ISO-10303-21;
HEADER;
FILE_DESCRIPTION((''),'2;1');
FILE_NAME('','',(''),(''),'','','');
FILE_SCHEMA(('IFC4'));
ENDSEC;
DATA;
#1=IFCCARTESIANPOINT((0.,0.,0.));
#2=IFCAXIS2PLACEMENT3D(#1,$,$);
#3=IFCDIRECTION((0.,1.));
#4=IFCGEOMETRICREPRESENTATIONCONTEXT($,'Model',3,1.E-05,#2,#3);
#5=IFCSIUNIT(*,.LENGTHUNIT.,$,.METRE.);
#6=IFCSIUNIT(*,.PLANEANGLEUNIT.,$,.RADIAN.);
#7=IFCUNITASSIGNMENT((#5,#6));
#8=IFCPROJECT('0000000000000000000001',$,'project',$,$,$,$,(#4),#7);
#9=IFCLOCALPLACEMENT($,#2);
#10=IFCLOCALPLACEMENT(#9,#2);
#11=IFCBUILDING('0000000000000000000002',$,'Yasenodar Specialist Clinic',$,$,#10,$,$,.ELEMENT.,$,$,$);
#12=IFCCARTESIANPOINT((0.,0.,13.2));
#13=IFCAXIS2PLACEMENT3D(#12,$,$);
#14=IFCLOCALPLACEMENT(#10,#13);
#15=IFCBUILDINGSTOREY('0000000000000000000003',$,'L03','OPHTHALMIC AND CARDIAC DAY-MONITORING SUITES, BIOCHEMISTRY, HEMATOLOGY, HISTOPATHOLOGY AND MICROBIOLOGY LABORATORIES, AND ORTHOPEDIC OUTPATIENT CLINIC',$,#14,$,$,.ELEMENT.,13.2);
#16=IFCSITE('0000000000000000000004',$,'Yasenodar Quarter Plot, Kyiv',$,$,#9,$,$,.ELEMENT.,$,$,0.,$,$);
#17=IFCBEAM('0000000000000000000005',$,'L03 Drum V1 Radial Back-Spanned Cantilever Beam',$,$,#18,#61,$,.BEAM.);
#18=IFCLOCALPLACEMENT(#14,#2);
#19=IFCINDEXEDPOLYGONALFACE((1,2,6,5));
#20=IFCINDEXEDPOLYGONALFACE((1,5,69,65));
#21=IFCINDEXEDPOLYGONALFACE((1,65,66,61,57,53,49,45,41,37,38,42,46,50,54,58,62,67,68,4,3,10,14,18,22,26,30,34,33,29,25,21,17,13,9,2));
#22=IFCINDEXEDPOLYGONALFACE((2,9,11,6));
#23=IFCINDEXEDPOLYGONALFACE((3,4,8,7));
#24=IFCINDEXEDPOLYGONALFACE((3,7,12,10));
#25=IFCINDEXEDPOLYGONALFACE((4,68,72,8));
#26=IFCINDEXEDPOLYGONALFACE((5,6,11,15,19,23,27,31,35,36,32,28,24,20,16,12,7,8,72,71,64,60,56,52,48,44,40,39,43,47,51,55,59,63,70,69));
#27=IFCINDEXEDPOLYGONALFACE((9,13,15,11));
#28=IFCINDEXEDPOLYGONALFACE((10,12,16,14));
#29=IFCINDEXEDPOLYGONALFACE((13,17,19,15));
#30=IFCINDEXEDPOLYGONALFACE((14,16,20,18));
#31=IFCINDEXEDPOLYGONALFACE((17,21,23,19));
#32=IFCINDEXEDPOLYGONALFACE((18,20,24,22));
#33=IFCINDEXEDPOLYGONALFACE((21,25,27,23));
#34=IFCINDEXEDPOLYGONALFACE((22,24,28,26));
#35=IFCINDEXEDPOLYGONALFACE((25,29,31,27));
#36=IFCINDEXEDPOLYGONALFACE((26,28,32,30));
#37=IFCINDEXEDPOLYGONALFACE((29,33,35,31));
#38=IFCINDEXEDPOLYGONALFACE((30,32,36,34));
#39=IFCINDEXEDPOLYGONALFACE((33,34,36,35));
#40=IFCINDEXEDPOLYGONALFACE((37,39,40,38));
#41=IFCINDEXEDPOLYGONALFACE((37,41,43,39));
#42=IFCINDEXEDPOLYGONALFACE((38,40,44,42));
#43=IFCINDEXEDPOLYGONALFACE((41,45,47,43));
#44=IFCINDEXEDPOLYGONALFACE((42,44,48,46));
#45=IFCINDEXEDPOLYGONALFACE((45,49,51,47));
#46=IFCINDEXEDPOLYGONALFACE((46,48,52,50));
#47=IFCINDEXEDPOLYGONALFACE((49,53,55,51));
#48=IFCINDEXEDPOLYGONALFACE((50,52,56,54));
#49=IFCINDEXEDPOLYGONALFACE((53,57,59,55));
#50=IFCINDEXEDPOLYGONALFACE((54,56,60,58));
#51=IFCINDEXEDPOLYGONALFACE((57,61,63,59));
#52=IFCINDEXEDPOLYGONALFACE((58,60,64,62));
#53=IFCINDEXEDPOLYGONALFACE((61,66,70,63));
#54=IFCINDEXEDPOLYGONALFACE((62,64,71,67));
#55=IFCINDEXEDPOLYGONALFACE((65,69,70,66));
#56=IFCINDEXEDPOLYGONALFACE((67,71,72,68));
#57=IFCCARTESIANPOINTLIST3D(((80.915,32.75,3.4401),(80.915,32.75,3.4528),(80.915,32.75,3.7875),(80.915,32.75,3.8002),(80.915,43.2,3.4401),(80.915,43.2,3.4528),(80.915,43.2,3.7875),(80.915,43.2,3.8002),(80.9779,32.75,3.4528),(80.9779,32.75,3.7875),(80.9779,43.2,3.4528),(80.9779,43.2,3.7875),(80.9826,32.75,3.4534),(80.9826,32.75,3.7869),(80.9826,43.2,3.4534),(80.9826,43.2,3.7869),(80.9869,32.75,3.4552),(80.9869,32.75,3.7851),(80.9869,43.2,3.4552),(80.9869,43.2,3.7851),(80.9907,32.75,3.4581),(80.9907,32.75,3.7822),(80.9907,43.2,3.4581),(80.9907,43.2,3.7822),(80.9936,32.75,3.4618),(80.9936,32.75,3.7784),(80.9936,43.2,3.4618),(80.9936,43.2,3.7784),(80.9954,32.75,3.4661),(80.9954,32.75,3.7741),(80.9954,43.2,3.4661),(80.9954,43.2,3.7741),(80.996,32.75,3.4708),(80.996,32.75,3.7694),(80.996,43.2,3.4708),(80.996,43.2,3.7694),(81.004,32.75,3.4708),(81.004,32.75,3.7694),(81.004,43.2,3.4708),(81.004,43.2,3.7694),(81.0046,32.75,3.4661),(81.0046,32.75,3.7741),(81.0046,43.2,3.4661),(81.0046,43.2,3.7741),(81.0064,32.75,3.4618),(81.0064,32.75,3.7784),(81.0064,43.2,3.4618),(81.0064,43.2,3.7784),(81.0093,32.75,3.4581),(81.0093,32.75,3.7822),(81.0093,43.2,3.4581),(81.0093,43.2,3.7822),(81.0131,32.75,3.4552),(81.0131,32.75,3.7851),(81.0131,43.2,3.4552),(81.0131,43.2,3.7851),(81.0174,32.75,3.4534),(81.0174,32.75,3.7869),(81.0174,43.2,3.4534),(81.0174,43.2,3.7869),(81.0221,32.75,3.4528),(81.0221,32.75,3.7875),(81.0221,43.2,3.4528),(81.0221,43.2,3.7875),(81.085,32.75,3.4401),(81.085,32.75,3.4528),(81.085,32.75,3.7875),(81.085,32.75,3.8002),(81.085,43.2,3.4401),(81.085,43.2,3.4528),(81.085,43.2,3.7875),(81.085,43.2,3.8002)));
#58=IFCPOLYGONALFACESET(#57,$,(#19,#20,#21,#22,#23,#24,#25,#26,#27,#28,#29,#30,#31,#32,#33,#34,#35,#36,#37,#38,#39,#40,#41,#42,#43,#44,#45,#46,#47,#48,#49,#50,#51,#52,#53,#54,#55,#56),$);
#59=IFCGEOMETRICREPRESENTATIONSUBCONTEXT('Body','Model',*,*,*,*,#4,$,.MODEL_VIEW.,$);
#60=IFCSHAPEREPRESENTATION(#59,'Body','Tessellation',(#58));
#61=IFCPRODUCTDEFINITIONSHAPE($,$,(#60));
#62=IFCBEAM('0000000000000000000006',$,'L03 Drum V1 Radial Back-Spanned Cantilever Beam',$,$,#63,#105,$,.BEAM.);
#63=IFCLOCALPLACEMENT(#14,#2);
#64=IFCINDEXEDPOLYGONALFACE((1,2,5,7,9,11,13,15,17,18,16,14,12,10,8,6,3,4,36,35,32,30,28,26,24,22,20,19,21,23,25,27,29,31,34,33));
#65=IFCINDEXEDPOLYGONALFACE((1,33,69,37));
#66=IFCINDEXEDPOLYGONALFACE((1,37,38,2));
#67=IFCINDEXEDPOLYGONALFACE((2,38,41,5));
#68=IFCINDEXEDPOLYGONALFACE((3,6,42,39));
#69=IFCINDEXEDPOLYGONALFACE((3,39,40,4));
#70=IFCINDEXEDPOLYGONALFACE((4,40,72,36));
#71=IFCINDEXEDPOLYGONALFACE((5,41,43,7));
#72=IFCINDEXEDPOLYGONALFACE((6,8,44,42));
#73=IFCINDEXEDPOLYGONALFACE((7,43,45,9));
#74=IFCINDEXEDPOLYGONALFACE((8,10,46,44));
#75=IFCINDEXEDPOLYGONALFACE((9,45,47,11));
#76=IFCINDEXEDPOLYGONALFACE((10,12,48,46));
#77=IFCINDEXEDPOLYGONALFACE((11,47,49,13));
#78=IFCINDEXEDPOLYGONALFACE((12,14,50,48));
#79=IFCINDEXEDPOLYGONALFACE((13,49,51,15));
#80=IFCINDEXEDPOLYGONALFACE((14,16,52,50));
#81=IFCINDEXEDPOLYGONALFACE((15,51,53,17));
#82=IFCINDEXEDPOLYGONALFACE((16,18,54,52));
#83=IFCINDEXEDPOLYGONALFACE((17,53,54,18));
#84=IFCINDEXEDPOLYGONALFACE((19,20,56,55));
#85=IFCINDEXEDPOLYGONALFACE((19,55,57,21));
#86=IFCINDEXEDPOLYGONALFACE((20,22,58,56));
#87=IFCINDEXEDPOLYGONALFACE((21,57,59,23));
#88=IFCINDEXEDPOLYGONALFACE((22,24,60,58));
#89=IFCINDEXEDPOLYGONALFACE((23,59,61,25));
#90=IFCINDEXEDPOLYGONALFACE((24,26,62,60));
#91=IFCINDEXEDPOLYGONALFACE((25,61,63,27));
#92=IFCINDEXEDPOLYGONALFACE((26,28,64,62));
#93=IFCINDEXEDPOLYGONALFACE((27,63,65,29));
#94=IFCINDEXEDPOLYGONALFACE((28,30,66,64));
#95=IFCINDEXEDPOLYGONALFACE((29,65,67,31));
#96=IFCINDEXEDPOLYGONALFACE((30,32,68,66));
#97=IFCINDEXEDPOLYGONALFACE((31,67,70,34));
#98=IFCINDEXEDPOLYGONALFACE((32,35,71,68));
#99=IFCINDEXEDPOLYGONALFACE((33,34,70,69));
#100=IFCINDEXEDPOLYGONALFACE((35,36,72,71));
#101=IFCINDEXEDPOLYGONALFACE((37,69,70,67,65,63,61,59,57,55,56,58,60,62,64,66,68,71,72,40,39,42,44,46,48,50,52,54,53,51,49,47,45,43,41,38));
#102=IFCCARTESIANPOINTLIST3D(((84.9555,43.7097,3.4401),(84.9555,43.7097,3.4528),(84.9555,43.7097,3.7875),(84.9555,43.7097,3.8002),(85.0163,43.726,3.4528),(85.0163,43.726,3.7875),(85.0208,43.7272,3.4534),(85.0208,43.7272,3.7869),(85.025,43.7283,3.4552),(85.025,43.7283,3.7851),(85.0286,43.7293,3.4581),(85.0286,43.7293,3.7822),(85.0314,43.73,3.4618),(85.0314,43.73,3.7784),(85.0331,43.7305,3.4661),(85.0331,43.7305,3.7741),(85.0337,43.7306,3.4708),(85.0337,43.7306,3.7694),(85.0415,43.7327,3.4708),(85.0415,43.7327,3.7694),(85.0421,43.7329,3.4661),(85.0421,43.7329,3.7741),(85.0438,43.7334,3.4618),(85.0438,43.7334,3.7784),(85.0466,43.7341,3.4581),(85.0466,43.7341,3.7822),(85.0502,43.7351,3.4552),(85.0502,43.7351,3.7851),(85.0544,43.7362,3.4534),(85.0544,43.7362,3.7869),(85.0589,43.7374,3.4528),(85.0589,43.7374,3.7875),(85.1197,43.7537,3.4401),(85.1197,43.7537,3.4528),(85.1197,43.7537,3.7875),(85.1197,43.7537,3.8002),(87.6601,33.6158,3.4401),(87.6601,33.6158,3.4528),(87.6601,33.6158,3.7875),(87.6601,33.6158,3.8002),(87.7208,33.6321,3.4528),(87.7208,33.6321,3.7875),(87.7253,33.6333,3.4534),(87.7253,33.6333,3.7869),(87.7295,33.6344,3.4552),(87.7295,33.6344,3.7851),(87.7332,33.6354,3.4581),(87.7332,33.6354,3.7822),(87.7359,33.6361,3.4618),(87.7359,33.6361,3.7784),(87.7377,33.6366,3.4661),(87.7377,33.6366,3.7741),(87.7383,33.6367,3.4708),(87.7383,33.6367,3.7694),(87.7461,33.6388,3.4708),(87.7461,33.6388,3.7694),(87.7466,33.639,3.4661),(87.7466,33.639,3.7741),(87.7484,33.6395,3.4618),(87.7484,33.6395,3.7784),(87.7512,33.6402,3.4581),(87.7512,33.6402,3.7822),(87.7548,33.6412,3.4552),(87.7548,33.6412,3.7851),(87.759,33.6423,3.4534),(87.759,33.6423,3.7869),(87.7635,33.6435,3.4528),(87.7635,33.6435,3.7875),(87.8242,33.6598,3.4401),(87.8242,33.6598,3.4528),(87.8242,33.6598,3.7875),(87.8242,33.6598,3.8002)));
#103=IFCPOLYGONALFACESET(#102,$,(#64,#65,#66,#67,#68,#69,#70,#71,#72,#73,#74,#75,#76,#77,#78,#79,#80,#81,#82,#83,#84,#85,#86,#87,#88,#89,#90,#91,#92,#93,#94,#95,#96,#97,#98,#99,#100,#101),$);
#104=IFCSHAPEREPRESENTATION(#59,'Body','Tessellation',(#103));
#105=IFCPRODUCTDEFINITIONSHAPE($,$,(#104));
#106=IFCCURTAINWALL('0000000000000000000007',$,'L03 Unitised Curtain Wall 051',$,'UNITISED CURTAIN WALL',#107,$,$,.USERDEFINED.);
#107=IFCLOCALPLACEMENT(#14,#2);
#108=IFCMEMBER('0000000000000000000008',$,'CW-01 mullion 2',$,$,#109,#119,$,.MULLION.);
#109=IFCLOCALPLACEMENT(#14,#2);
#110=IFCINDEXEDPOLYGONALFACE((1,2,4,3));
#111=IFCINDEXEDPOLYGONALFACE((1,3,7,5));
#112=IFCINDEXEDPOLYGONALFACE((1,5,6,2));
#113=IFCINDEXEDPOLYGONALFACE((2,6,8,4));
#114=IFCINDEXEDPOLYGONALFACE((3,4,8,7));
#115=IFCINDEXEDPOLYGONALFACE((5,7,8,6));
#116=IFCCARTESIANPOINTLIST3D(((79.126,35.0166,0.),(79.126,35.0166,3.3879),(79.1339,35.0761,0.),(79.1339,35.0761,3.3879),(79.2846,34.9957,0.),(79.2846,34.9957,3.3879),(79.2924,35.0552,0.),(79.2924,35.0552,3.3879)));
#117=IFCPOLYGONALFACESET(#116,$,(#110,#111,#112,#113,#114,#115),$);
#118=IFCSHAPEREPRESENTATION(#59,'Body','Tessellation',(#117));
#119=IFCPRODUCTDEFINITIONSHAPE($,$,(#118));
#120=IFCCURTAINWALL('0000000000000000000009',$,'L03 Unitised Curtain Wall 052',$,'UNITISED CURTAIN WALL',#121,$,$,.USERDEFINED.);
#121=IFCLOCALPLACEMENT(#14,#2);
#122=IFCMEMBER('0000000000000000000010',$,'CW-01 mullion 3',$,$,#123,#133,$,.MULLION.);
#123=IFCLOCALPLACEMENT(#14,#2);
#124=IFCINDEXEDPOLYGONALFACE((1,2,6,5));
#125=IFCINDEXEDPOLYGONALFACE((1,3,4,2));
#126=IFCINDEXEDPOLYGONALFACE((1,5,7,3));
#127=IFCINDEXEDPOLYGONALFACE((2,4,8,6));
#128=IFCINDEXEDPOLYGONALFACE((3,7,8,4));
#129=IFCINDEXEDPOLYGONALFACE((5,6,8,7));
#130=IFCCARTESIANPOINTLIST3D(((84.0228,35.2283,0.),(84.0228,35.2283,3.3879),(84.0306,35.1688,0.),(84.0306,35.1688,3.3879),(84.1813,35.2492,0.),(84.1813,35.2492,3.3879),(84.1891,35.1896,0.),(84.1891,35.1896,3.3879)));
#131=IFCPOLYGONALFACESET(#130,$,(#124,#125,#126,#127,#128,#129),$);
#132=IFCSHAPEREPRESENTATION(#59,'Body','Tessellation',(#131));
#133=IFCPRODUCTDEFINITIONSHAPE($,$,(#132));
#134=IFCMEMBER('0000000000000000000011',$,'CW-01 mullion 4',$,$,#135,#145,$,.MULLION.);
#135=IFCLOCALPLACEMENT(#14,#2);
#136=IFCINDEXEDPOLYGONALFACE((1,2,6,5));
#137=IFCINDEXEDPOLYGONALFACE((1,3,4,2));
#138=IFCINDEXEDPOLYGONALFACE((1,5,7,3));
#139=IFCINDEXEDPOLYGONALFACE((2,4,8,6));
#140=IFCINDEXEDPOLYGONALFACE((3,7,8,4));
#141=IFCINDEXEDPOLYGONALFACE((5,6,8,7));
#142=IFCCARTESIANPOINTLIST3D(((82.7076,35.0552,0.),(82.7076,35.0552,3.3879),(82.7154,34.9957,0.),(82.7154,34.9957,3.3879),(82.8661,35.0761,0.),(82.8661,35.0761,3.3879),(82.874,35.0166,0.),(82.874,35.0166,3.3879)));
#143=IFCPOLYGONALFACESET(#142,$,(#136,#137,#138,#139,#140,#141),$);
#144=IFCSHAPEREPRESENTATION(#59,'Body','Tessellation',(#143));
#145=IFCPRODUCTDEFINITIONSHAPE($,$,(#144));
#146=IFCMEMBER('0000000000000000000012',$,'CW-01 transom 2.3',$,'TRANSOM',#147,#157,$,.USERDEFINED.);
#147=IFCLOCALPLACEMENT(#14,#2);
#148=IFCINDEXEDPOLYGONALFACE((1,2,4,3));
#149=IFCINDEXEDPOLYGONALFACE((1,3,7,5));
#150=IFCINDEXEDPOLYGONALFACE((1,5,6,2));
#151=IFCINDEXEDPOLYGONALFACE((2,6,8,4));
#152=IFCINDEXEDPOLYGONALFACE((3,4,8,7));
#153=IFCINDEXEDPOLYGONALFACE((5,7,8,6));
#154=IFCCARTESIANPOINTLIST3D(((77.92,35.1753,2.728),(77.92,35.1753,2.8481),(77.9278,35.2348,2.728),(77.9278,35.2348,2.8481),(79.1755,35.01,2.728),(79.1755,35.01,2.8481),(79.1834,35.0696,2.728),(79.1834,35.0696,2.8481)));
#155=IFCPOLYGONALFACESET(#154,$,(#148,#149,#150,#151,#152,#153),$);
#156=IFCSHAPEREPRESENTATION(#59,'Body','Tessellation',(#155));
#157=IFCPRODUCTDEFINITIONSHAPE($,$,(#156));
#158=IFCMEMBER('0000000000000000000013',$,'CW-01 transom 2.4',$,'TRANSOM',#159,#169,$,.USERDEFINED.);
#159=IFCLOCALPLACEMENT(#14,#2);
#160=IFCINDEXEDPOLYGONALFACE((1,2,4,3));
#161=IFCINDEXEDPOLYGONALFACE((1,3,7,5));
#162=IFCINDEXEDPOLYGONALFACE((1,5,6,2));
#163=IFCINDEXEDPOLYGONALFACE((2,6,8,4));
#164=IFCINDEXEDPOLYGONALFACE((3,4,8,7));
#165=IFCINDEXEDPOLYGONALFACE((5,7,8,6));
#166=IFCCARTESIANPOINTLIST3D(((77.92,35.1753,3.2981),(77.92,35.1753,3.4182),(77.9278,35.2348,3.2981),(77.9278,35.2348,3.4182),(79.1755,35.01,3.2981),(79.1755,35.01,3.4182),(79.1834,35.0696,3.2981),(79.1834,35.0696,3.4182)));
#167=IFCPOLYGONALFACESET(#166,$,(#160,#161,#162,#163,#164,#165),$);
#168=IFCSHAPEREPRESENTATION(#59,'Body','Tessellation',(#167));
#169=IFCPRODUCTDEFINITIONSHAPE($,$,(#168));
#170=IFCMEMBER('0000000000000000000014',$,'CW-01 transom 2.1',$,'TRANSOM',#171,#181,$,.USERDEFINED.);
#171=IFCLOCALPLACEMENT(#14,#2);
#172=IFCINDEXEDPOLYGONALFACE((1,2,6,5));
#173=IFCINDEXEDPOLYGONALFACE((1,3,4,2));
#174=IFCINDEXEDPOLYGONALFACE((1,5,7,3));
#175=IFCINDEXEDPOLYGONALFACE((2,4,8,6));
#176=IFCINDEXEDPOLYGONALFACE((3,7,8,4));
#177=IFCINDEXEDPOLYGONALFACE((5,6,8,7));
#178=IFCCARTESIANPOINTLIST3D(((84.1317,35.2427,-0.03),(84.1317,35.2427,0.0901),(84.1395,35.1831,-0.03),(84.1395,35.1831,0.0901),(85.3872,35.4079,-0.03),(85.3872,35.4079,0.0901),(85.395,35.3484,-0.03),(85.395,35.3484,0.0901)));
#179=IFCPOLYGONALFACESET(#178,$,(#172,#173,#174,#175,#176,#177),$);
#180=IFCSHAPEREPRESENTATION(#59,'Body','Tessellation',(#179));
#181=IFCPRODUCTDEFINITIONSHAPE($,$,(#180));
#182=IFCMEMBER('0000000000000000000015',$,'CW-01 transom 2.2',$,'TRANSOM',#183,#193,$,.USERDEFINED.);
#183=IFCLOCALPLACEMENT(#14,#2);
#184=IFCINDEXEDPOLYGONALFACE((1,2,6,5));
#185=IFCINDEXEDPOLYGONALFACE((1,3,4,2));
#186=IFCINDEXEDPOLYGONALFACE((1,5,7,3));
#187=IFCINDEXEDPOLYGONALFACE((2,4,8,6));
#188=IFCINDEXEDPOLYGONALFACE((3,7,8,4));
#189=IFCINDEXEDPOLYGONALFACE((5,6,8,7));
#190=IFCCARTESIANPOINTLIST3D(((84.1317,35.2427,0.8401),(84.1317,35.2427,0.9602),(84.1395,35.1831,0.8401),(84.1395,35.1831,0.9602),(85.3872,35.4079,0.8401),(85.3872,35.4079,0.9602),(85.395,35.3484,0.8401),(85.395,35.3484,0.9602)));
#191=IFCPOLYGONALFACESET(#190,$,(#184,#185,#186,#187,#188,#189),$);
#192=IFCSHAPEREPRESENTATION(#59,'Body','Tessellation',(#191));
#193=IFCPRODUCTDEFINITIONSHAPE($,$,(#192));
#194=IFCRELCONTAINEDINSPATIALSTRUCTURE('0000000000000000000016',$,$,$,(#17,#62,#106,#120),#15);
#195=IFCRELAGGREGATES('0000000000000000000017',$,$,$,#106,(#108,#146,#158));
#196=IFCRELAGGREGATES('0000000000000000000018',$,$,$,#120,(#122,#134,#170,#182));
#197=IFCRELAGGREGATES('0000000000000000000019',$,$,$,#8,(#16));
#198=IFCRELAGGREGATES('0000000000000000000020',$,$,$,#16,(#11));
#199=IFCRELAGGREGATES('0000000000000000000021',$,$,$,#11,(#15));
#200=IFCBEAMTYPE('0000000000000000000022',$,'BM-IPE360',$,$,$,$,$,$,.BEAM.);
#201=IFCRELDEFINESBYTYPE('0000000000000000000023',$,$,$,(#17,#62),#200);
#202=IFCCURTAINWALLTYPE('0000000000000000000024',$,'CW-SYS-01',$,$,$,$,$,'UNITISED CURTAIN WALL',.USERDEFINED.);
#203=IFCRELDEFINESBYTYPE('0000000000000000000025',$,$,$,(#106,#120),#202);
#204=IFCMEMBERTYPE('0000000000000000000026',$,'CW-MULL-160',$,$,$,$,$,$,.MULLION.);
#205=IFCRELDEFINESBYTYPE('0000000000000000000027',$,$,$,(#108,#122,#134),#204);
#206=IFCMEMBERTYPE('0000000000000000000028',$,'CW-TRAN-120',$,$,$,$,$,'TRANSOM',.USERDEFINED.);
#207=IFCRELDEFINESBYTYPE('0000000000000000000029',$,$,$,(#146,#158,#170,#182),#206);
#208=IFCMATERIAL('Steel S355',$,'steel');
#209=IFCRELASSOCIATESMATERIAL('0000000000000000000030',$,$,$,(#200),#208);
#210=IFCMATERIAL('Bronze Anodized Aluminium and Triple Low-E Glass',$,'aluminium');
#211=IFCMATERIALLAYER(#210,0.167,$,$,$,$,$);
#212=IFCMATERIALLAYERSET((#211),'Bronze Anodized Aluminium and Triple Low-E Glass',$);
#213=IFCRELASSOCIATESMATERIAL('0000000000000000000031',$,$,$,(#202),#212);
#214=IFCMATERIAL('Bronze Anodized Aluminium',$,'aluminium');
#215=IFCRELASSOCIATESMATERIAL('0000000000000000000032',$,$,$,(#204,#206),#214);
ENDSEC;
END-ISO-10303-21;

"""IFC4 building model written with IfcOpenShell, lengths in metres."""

from ifc_helpers import new_model, si_unit, direction, frame, origin, origin_2d, place, context, subcontext, project, spatial, rectangle, i_section, extrude, material, layer, layer_set, material_profile, profile_set, type_object, element, aggregate, save


model = new_model("IFC4")

# Units and contexts
model_context = context("Model", 3, precision=1e-05, world=origin(), true_north=direction((0.0, 1.0)))
body_context = subcontext(model_context, "Body", "Model", "MODEL_VIEW")
ifc_project = project(units=[si_unit("LENGTHUNIT", "METRE"), si_unit("PLANEANGLEUNIT", "RADIAN")], contexts=[model_context])

# Site, building, storey
site_placement = place(None, origin())
site = spatial("IfcSite", under=ifc_project, at=site_placement, Name="Yasenodar Quarter Plot, Kyiv", CompositionType="ELEMENT", RefElevation=0.0)
building_placement = place(site_placement, origin())
building = spatial("IfcBuilding", under=site, at=building_placement, Name="Yasenodar Specialist Clinic", CompositionType="ELEMENT")
storey_placement = place(building_placement, frame((0.0, 0.0, 13.2)))
storey = spatial("IfcBuildingStorey", under=building, at=storey_placement, Name="L03", Description="OPHTHALMIC AND CARDIAC DAY-MONITORING SUITES, BIOCHEMISTRY, HEMATOLOGY, HISTOPATHOLOGY AND MICROBIOLOGY LABORATORIES, AND ORTHOPEDIC OUTPATIENT CLINIC", CompositionType="ELEMENT", Elevation=13.2)

# Shared definitions
ifc_material_1 = material(Name="Steel S355", Category="steel")

# Beams
ifc_material_profile_1 = material_profile(ifc_material_1, i_section(OverallWidth=0.1699, OverallDepth=0.3601, WebThickness=0.0081, FlangeThickness=0.0127, FilletRadius=0.0181, at=origin_2d()), Name="IPE 360")
ifc_profile_set_1 = profile_set([ifc_material_profile_1], Name="Steel S355")
beam_type_1 = type_object("IfcBeamType", Name="BM-IPE360", PredefinedType="BEAM", material=ifc_profile_set_1)
for number, where, z_axis, x_axis, name in (
    (1, (81.0, 43.2, 3.6201), (0.0, -1.0, 0.0), (1.0, 0.0, 0.0), "L03 Drum V1 Radial Back-Spanned Cantilever Beam"),
    (2, (85.0376, 43.7317, 3.6201), (0.258811, -0.965928, 0.0), (0.965928, 0.258811, 0.0), "L03 Drum V1 Radial Back-Spanned Cantilever Beam"),
):
    element("IfcBeam", number, at=place(storey_placement, frame(where, z_axis=z_axis, x_axis=x_axis)), inside=storey, type_object=beam_type_1, Name=name, PredefinedType="BEAM", context=body_context, shape_type="SweptSolid", body=[
        extrude(i_section(OverallWidth=0.1699, OverallDepth=0.3601, WebThickness=0.0081, FlangeThickness=0.0127, FilletRadius=0.0181, at=origin_2d()), origin(), (0.0, 0.0, 1.0), 10.45),
    ])

# Curtain wall, member
ifc_material_2 = material(Name="Bronze Anodized Aluminium and Triple Low-E Glass", Category="aluminium")
ifc_layer_1 = layer(ifc_material_2, 0.167)
ifc_layer_set_1 = layer_set([ifc_layer_1], Name="Bronze Anodized Aluminium and Triple Low-E Glass")
curtain_wall_type = type_object("IfcCurtainWallType", Name="CW-SYS-01", ElementType="UNITISED CURTAIN WALL", PredefinedType="USERDEFINED", material=ifc_layer_set_1)
curtain_wall_1_placement = place(storey_placement, origin())
curtain_wall_1 = element("IfcCurtainWall", 3, at=curtain_wall_1_placement, inside=storey, type_object=curtain_wall_type, Name="L03 Unitised Curtain Wall 051", ObjectType="UNITISED CURTAIN WALL", PredefinedType="USERDEFINED")
ifc_material_3 = material(Name="Bronze Anodized Aluminium", Category="aluminium")
ifc_material_profile_2 = material_profile(ifc_material_3, rectangle(XDim=0.0601, YDim=0.1599, at=origin_2d()), Name="CW-MULL 60x160")
ifc_profile_set_2 = profile_set([ifc_material_profile_2], Name="Bronze Anodized Aluminium")
member_type_1 = type_object("IfcMemberType", Name="CW-MULL-160", PredefinedType="MULLION", material=ifc_profile_set_2)
member_1_placement = place(storey_placement, frame((79.2092, 35.0359, 0.0), z_axis=(0.0, 0.0, 1.0), x_axis=(-0.130512, -0.991447, 0.0)))
member_1 = element("IfcMember", 4, at=member_1_placement, type_object=member_type_1, Name="CW-01 mullion 2", PredefinedType="MULLION", context=body_context, shape_type="SweptSolid", body=[
    extrude(rectangle(XDim=0.0601, YDim=0.1599, at=origin_2d()), origin(), (0.0, 0.0, 1.0), 3.3879),
])

# Curtain wall, members
curtain_wall_2_placement = place(storey_placement, origin())
curtain_wall_2 = element("IfcCurtainWall", 5, at=curtain_wall_2_placement, inside=storey, type_object=curtain_wall_type, Name="L03 Unitised Curtain Wall 052", ObjectType="UNITISED CURTAIN WALL", PredefinedType="USERDEFINED")
member_2_placement = place(storey_placement, frame((84.106, 35.209, 0.0), z_axis=(0.0, 0.0, 1.0), x_axis=(0.130512, -0.991447, 0.0)))
member_2 = element("IfcMember", 6, at=member_2_placement, type_object=member_type_1, Name="CW-01 mullion 3", PredefinedType="MULLION", context=body_context, shape_type="SweptSolid", body=[
    extrude(rectangle(XDim=0.0601, YDim=0.1599, at=origin_2d()), origin(), (0.0, 0.0, 1.0), 3.3879),
])
member_3_placement = place(storey_placement, frame((82.7908, 35.0359, 0.0), z_axis=(0.0, 0.0, 1.0), x_axis=(0.130512, -0.991447, 0.0)))
member_3 = element("IfcMember", 7, at=member_3_placement, type_object=member_type_1, Name="CW-01 mullion 4", PredefinedType="MULLION", context=body_context, shape_type="SweptSolid", body=[
    extrude(rectangle(XDim=0.0601, YDim=0.1599, at=origin_2d()), origin(), (0.0, 0.0, 1.0), 3.3879),
])

# Members
ifc_material_profile_3 = material_profile(ifc_material_3, rectangle(XDim=0.0601, YDim=0.1201, at=origin_2d()), Name="CW-TRAN 60x120")
ifc_profile_set_3 = profile_set([ifc_material_profile_3], Name="Bronze Anodized Aluminium")
member_type_2 = type_object("IfcMemberType", Name="CW-TRAN-120", ElementType="TRANSOM", PredefinedType="USERDEFINED", material=ifc_profile_set_3)
member_4_placement = place(storey_placement, frame((79.1794, 35.0398, 2.7881), z_axis=(-0.991447, 0.130509, 0.0), x_axis=(-0.130509, -0.991447, 0.0)))
member_4 = element("IfcMember", 8, at=member_4_placement, type_object=member_type_2, Name="CW-01 transom 2.3", ObjectType="TRANSOM", PredefinedType="USERDEFINED", context=body_context, shape_type="SweptSolid", body=[
    extrude(rectangle(XDim=0.0601, YDim=0.1201, at=origin_2d()), origin(), (0.0, 0.0, 1.0), 1.2664),
])
member_5_placement = place(storey_placement, frame((79.1794, 35.0398, 3.3582), z_axis=(-0.991447, 0.130509, 0.0), x_axis=(-0.130509, -0.991447, 0.0)))
member_5 = element("IfcMember", 9, at=member_5_placement, type_object=member_type_2, Name="CW-01 transom 2.4", ObjectType="TRANSOM", PredefinedType="USERDEFINED", context=body_context, shape_type="SweptSolid", body=[
    extrude(rectangle(XDim=0.0601, YDim=0.1201, at=origin_2d()), origin(), (0.0, 0.0, 1.0), 1.2664),
])
aggregate(curtain_wall_1, [member_1, member_4, member_5])
member_6_placement = place(storey_placement, frame((85.3911, 35.3782, 0.03), z_axis=(-0.991447, -0.130509, 0.0), x_axis=(0.130509, -0.991447, 0.0)))
member_6 = element("IfcMember", 10, at=member_6_placement, type_object=member_type_2, Name="CW-01 transom 2.1", ObjectType="TRANSOM", PredefinedType="USERDEFINED", context=body_context, shape_type="SweptSolid", body=[
    extrude(rectangle(XDim=0.0601, YDim=0.1201, at=origin_2d()), origin(), (0.0, 0.0, 1.0), 1.2664),
])
member_7_placement = place(storey_placement, frame((85.3911, 35.3782, 0.9001), z_axis=(-0.991447, -0.130509, 0.0), x_axis=(0.130509, -0.991447, 0.0)))
member_7 = element("IfcMember", 11, at=member_7_placement, type_object=member_type_2, Name="CW-01 transom 2.2", ObjectType="TRANSOM", PredefinedType="USERDEFINED", context=body_context, shape_type="SweptSolid", body=[
    extrude(rectangle(XDim=0.0601, YDim=0.1201, at=origin_2d()), origin(), (0.0, 0.0, 1.0), 1.2664),
])

aggregate(curtain_wall_2, [member_2, member_3, member_6, member_7])

save(model, "model.ifc")
